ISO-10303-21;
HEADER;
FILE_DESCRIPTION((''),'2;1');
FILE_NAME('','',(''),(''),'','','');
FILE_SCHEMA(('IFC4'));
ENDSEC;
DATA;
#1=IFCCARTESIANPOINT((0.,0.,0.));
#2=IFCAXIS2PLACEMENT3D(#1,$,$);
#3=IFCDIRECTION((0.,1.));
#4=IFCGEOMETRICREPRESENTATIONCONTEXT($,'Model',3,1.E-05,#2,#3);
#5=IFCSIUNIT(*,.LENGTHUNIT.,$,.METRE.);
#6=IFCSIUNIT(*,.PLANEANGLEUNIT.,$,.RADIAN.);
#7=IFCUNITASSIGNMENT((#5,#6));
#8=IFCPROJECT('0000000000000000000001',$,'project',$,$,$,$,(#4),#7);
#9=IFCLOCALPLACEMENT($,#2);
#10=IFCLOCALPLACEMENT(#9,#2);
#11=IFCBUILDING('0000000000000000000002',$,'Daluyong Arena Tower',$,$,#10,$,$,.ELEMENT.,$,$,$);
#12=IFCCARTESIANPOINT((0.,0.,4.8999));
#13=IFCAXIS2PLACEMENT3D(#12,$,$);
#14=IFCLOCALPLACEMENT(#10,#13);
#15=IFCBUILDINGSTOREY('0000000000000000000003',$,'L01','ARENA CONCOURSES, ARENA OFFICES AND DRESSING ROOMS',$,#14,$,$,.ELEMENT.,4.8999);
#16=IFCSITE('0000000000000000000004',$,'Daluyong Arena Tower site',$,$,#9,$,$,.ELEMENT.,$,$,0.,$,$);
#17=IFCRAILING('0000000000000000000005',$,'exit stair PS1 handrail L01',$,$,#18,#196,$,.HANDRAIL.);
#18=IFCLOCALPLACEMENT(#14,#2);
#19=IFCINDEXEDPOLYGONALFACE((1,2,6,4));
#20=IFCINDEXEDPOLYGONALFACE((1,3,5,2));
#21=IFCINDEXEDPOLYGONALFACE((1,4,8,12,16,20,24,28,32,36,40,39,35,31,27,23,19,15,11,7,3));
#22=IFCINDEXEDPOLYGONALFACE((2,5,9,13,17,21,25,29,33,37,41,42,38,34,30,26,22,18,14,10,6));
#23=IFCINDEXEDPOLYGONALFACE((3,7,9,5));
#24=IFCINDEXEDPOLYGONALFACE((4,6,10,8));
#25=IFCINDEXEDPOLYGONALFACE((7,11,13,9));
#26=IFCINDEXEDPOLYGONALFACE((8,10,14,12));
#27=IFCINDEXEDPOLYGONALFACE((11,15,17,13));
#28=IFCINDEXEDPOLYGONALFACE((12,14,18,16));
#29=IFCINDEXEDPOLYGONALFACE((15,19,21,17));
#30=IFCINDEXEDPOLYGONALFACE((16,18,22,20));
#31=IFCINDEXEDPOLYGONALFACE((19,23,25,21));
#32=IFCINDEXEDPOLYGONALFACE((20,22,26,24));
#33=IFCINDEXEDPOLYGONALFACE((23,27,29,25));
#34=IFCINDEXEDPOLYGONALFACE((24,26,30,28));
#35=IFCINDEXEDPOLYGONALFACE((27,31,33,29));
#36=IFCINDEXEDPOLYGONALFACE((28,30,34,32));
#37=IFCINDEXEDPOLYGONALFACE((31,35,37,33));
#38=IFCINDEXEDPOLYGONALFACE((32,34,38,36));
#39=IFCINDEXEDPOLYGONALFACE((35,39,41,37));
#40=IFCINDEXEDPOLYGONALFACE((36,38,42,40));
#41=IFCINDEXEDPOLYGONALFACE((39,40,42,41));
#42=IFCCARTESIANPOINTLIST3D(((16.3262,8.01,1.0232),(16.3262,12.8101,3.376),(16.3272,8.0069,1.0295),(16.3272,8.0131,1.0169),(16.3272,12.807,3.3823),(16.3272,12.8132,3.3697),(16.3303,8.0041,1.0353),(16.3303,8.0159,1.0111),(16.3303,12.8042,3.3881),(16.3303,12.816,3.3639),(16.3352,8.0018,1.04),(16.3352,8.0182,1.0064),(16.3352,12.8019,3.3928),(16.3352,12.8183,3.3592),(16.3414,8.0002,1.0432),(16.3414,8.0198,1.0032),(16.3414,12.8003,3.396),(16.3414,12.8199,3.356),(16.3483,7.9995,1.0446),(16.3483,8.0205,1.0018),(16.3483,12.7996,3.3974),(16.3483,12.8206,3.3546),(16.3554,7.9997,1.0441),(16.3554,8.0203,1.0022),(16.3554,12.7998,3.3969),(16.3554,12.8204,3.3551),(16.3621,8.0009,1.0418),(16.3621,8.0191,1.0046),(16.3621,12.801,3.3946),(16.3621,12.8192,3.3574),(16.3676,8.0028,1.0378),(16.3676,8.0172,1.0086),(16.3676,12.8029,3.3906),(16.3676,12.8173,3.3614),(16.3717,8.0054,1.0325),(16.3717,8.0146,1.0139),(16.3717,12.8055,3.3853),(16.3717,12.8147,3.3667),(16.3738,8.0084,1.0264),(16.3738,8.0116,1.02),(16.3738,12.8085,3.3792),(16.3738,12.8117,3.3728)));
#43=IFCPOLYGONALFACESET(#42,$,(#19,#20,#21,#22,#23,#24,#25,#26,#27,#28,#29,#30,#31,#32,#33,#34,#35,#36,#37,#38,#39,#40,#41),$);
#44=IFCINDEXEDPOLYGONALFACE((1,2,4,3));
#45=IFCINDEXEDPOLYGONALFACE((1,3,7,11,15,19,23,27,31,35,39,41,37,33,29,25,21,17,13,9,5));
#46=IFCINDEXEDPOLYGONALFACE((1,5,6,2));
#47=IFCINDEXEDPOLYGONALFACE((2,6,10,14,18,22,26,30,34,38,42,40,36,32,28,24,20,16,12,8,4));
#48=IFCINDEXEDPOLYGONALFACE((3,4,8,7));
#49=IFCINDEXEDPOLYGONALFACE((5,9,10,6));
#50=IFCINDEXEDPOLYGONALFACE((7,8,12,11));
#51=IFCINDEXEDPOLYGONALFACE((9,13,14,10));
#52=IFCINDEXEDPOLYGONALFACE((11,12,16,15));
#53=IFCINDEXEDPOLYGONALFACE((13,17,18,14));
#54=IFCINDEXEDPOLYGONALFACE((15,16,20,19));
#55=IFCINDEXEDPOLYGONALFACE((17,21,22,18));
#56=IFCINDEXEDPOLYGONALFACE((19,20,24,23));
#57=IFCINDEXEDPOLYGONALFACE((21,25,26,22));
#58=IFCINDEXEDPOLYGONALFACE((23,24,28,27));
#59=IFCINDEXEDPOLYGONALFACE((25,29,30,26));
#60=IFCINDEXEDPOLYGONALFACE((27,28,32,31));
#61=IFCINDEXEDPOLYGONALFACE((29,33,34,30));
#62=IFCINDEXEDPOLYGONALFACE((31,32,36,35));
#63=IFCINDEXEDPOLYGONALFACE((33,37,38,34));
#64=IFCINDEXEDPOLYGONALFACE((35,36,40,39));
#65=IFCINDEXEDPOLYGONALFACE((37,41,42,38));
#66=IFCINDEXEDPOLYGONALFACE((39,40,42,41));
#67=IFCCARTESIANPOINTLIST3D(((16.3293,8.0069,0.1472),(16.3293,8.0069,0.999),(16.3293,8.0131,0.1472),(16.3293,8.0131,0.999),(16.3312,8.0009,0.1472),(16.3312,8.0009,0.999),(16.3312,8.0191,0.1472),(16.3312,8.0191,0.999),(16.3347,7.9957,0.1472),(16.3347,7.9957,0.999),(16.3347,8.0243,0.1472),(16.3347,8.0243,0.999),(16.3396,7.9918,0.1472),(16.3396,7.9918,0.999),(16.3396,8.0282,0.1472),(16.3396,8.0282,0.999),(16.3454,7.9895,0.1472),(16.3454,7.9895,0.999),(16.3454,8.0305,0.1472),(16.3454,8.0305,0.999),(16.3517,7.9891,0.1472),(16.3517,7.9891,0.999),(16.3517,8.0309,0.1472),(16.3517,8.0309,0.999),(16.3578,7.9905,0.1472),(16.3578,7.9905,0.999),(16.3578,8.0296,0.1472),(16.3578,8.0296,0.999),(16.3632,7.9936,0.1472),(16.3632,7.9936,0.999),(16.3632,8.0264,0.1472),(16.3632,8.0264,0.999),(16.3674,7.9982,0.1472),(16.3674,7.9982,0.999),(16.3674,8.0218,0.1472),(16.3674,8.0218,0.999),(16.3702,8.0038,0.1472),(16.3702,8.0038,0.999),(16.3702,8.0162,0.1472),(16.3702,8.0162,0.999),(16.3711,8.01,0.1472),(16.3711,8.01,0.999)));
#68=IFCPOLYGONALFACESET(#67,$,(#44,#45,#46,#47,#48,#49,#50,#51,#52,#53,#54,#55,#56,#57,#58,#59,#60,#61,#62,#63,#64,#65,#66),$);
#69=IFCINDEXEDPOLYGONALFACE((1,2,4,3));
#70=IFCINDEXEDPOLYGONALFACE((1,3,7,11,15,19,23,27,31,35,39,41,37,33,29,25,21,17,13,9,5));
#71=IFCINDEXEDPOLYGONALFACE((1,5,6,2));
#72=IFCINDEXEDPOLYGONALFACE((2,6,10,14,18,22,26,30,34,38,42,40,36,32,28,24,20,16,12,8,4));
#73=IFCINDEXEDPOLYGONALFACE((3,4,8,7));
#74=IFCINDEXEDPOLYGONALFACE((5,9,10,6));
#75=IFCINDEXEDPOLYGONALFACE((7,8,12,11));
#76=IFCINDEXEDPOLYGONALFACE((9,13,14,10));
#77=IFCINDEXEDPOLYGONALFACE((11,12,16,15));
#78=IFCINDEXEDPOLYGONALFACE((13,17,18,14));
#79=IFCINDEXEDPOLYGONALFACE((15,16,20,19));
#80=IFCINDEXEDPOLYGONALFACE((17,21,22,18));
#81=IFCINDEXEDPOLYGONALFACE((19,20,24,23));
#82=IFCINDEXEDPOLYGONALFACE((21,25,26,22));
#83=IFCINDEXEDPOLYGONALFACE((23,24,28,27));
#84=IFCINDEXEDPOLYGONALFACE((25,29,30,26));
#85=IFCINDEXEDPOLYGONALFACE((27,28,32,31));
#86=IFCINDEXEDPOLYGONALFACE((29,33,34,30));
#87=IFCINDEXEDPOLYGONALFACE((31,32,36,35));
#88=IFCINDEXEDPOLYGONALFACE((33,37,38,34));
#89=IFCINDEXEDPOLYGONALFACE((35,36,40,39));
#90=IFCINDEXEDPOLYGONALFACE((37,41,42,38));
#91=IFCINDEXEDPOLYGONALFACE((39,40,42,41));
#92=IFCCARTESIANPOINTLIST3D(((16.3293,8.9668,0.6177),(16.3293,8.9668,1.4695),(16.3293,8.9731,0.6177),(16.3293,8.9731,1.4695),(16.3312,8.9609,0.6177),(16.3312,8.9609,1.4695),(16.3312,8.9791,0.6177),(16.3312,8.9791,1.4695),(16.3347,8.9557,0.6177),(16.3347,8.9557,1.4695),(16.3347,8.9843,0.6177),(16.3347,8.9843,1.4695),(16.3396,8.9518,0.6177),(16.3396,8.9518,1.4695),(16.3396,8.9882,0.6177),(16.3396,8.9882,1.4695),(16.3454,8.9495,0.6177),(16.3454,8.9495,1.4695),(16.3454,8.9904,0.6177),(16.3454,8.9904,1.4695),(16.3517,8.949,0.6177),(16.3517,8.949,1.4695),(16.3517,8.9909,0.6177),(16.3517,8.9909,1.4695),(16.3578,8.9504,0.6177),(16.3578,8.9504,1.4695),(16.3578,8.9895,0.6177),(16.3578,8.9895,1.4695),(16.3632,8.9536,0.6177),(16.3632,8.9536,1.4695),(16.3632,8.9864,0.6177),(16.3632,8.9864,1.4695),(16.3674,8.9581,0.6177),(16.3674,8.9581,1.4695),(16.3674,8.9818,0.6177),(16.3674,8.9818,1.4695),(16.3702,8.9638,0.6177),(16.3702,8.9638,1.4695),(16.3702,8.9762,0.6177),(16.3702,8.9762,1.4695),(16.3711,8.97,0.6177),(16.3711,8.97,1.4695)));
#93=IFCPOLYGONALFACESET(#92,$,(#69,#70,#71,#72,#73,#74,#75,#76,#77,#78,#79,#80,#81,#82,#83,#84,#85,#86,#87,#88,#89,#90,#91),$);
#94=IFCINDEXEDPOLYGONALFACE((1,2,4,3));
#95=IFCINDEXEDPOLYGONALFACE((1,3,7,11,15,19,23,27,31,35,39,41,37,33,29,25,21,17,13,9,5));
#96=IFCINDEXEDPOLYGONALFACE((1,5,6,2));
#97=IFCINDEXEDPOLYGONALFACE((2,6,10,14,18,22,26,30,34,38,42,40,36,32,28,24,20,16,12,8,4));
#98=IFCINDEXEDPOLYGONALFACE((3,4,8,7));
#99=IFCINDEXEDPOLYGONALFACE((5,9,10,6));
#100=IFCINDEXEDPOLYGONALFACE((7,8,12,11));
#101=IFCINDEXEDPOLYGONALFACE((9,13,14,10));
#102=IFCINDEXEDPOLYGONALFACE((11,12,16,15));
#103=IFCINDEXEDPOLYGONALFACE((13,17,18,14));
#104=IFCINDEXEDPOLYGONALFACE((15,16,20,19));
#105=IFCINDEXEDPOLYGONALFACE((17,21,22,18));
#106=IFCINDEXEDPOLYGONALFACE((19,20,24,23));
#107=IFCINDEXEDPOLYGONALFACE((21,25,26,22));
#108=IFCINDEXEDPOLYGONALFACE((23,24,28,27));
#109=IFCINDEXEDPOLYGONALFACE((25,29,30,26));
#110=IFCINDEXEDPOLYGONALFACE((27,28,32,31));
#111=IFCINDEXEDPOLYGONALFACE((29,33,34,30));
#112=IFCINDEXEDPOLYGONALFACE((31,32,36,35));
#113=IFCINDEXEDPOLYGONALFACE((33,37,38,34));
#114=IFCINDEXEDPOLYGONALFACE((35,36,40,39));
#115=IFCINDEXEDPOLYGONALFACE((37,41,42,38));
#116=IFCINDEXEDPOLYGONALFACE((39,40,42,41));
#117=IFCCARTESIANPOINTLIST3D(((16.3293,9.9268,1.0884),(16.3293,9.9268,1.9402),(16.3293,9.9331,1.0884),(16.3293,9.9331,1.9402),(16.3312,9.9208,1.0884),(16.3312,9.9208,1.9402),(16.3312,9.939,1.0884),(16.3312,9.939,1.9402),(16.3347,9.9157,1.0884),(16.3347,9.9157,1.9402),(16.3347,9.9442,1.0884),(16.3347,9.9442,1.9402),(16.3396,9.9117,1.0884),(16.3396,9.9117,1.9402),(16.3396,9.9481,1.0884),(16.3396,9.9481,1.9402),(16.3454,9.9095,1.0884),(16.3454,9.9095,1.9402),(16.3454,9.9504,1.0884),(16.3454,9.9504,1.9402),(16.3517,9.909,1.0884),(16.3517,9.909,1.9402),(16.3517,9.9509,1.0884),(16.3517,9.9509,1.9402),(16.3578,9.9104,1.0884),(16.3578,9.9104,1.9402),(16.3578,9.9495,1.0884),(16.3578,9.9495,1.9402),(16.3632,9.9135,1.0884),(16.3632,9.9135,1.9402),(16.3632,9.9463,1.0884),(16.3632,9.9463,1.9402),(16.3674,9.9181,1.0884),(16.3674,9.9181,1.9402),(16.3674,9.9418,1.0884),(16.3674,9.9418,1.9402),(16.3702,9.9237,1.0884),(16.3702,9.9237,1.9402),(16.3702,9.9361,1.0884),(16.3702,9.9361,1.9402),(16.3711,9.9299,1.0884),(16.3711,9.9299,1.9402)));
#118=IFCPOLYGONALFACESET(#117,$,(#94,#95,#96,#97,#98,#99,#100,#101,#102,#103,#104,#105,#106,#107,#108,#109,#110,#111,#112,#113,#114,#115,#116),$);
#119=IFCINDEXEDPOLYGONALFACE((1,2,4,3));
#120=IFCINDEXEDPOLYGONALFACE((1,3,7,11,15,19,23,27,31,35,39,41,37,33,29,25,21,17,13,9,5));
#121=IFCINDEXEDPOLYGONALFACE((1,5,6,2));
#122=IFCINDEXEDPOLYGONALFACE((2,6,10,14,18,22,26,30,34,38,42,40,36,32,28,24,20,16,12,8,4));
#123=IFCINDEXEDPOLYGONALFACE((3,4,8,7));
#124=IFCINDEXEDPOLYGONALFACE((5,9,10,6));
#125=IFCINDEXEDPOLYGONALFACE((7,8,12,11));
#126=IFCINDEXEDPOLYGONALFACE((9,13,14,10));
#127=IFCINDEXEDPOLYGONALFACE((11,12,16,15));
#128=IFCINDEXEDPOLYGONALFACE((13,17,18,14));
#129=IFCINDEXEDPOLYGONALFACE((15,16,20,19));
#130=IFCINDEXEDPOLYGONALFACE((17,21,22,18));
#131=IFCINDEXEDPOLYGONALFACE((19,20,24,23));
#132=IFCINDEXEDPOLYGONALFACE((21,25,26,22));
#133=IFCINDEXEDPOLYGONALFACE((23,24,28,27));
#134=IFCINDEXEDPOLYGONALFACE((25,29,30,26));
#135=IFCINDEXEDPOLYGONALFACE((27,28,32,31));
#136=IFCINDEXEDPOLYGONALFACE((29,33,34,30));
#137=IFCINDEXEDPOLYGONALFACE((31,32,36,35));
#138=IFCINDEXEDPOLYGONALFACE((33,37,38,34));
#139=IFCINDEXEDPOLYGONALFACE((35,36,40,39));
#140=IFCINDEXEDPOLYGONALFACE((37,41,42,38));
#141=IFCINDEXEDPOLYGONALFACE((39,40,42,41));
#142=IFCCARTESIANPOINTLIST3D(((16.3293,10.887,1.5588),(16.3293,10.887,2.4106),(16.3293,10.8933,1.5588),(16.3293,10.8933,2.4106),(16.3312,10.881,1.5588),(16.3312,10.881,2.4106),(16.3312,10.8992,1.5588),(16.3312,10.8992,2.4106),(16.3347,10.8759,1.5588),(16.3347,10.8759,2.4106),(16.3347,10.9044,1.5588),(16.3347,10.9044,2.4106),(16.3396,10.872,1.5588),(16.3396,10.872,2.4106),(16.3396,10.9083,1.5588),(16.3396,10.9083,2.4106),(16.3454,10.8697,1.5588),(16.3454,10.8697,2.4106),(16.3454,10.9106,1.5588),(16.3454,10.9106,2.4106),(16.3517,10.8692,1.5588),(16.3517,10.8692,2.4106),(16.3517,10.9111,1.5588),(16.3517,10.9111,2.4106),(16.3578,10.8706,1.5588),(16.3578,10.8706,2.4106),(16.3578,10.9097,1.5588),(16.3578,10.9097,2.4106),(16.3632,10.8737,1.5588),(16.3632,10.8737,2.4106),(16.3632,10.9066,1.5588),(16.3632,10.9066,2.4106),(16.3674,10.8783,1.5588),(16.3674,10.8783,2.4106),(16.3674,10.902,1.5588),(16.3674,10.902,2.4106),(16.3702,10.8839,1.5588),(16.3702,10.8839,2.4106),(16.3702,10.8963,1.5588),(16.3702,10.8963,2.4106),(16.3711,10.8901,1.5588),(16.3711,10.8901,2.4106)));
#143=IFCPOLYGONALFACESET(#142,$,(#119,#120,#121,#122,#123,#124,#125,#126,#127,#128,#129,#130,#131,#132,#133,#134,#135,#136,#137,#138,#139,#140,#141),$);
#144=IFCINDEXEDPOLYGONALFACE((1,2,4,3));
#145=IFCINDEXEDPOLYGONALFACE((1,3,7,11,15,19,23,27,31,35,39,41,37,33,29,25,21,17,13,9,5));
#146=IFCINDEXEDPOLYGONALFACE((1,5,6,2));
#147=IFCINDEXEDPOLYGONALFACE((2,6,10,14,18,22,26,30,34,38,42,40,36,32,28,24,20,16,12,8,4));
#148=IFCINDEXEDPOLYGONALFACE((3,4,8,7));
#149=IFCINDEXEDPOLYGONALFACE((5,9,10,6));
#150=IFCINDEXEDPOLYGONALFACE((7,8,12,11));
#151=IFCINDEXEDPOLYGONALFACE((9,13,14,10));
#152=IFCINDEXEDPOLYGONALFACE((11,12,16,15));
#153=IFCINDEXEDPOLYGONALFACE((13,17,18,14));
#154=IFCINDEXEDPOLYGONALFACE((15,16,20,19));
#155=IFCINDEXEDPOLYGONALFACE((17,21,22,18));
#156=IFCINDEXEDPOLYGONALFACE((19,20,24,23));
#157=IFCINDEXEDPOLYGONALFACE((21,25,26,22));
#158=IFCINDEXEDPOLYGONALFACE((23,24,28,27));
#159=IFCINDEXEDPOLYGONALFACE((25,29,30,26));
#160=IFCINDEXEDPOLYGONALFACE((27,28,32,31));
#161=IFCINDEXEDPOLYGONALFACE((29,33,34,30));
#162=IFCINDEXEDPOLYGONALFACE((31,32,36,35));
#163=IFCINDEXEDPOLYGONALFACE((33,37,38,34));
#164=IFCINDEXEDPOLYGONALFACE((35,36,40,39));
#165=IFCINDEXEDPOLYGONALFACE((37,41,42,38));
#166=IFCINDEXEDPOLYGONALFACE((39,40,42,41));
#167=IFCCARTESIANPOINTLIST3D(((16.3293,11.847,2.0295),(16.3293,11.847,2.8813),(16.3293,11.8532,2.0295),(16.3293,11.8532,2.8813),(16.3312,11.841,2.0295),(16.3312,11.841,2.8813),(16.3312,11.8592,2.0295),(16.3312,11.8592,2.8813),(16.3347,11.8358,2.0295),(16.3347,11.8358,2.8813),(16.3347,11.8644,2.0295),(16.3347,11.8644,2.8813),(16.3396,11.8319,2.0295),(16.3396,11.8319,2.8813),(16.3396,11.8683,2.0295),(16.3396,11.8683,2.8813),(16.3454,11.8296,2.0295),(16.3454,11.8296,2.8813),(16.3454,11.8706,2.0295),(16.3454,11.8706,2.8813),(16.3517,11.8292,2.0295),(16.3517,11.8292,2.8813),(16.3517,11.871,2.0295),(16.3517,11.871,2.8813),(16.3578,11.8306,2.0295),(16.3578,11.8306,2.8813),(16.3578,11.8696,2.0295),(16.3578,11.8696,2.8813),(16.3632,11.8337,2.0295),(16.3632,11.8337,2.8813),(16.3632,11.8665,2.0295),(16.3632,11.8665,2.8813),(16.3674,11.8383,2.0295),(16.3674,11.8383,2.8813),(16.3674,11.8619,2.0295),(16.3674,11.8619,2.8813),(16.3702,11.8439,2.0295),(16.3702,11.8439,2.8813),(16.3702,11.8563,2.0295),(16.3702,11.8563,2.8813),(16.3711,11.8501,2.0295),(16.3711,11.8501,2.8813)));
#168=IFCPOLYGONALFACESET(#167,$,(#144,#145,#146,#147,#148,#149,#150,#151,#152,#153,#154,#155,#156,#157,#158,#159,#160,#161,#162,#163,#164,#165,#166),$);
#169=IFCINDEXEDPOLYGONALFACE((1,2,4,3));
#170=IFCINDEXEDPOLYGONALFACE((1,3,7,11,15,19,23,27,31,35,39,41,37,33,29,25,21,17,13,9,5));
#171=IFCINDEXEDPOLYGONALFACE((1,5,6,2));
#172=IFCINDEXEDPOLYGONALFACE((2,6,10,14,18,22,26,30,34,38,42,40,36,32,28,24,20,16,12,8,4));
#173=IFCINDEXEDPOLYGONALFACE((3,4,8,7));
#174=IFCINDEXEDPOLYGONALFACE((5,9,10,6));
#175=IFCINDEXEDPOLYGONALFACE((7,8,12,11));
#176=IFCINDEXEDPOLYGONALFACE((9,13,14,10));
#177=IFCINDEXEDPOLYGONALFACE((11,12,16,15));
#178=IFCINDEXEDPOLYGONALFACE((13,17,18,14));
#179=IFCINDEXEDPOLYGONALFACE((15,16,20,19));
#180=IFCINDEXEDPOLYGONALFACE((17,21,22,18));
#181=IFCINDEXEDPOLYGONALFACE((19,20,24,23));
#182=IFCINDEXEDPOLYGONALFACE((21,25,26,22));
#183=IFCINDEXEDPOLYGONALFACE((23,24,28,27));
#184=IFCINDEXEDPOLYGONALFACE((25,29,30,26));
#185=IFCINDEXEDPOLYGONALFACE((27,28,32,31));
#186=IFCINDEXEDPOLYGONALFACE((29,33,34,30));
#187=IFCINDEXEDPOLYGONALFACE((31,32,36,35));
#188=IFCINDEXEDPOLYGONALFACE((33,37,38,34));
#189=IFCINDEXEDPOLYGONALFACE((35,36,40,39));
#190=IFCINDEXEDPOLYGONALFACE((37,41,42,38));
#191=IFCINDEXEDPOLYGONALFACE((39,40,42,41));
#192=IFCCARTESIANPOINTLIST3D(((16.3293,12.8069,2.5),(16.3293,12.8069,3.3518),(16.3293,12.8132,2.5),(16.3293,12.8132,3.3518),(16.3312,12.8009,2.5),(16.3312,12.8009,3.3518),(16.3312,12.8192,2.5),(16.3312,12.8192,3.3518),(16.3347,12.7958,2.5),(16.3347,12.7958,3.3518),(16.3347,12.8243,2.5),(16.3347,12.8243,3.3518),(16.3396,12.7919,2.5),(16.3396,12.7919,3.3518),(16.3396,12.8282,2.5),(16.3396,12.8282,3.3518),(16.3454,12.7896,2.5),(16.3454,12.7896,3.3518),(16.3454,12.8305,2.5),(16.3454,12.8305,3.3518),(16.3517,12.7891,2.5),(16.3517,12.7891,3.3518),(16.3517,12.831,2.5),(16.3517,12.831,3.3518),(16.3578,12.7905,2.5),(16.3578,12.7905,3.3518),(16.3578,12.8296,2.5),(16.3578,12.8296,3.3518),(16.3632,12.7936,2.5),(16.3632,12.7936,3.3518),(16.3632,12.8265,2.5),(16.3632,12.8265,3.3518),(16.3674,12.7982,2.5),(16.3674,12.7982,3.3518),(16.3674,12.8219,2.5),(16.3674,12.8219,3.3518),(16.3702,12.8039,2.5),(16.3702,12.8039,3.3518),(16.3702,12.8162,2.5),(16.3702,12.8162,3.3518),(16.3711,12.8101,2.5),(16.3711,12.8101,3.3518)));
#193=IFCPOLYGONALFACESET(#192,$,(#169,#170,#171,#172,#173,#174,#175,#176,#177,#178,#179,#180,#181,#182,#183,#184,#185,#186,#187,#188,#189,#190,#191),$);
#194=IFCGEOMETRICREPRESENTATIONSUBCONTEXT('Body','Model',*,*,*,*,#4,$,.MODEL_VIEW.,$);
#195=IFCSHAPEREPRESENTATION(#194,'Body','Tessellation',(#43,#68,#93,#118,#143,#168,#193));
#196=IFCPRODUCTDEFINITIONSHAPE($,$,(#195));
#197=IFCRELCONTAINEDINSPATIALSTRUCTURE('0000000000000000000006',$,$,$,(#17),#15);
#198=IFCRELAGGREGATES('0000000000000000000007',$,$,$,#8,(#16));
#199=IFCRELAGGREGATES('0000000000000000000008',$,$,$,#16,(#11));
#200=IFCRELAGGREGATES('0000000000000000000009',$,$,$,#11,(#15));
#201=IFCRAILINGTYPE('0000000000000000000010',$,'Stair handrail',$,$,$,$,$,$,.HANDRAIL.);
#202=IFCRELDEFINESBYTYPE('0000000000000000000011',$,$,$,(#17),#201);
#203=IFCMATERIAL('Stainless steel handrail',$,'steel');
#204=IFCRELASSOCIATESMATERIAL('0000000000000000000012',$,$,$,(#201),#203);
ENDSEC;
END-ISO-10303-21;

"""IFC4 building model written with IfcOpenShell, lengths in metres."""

from ifc_helpers import new_model, si_unit, direction, frame, origin, origin_2d, place, context, subcontext, project, spatial, circle, extrude, material, type_object, element, save


model = new_model("IFC4")

# Units and contexts
model_context = context("Model", 3, precision=1e-05, world=origin(), true_north=direction((0.0, 1.0)))
body_context = subcontext(model_context, "Body", "Model", "MODEL_VIEW")
ifc_project = project(units=[si_unit("LENGTHUNIT", "METRE"), si_unit("PLANEANGLEUNIT", "RADIAN")], contexts=[model_context])

# Site, building, storey
site_placement = place(None, origin())
site = spatial("IfcSite", under=ifc_project, at=site_placement, Name="Daluyong Arena Tower site", CompositionType="ELEMENT", RefElevation=0.0)
building_placement = place(site_placement, origin())
building = spatial("IfcBuilding", under=site, at=building_placement, Name="Daluyong Arena Tower", CompositionType="ELEMENT")
storey_placement = place(building_placement, frame((0.0, 0.0, 4.8999)))
storey = spatial("IfcBuildingStorey", under=building, at=storey_placement, Name="L01", Description="ARENA CONCOURSES, ARENA OFFICES AND DRESSING ROOMS", CompositionType="ELEMENT", Elevation=4.8999)

# Railing
ifc_material_1 = material(Name="Stainless steel handrail", Category="steel")
railing_type_1 = type_object("IfcRailingType", Name="Stair handrail", PredefinedType="HANDRAIL", material=ifc_material_1)
railing_1_placement = place(storey_placement, frame((16.3501, 8.01, 0.1472)))
element("IfcRailing", 1, at=railing_1_placement, inside=storey, type_object=railing_type_1, Name="exit stair PS1 handrail L01", PredefinedType="HANDRAIL", context=body_context, shape_type="SweptSolid", body=[
    extrude(circle(Radius=0.0239, at=origin_2d()), frame((0.0, 0.0, 0.876), z_axis=(0.0, 0.897934, 0.44013), x_axis=(-1.0, 0.0, 0.0)), (0.0, 0.0, 1.0), 5.3457),
    extrude(circle(Radius=0.021, at=origin_2d()), origin(), (0.0, 0.0, 1.0), 0.8518),
    extrude(circle(Radius=0.021, at=origin_2d()), frame((0.0, 0.96, 0.4705)), (0.0, 0.0, 1.0), 0.8518),
    extrude(circle(Radius=0.021, at=origin_2d()), frame((0.0, 1.9199, 0.9412)), (0.0, 0.0, 1.0), 0.8518),
    extrude(circle(Radius=0.021, at=origin_2d()), frame((0.0, 2.8801, 1.4116)), (0.0, 0.0, 1.0), 0.8518),
    extrude(circle(Radius=0.021, at=origin_2d()), frame((0.0, 3.8401, 1.8823)), (0.0, 0.0, 1.0), 0.8518),
    extrude(circle(Radius=0.021, at=origin_2d()), frame((0.0, 4.8, 2.3528)), (0.0, 0.0, 1.0), 0.8518),
])

save(model, "model.ifc")
